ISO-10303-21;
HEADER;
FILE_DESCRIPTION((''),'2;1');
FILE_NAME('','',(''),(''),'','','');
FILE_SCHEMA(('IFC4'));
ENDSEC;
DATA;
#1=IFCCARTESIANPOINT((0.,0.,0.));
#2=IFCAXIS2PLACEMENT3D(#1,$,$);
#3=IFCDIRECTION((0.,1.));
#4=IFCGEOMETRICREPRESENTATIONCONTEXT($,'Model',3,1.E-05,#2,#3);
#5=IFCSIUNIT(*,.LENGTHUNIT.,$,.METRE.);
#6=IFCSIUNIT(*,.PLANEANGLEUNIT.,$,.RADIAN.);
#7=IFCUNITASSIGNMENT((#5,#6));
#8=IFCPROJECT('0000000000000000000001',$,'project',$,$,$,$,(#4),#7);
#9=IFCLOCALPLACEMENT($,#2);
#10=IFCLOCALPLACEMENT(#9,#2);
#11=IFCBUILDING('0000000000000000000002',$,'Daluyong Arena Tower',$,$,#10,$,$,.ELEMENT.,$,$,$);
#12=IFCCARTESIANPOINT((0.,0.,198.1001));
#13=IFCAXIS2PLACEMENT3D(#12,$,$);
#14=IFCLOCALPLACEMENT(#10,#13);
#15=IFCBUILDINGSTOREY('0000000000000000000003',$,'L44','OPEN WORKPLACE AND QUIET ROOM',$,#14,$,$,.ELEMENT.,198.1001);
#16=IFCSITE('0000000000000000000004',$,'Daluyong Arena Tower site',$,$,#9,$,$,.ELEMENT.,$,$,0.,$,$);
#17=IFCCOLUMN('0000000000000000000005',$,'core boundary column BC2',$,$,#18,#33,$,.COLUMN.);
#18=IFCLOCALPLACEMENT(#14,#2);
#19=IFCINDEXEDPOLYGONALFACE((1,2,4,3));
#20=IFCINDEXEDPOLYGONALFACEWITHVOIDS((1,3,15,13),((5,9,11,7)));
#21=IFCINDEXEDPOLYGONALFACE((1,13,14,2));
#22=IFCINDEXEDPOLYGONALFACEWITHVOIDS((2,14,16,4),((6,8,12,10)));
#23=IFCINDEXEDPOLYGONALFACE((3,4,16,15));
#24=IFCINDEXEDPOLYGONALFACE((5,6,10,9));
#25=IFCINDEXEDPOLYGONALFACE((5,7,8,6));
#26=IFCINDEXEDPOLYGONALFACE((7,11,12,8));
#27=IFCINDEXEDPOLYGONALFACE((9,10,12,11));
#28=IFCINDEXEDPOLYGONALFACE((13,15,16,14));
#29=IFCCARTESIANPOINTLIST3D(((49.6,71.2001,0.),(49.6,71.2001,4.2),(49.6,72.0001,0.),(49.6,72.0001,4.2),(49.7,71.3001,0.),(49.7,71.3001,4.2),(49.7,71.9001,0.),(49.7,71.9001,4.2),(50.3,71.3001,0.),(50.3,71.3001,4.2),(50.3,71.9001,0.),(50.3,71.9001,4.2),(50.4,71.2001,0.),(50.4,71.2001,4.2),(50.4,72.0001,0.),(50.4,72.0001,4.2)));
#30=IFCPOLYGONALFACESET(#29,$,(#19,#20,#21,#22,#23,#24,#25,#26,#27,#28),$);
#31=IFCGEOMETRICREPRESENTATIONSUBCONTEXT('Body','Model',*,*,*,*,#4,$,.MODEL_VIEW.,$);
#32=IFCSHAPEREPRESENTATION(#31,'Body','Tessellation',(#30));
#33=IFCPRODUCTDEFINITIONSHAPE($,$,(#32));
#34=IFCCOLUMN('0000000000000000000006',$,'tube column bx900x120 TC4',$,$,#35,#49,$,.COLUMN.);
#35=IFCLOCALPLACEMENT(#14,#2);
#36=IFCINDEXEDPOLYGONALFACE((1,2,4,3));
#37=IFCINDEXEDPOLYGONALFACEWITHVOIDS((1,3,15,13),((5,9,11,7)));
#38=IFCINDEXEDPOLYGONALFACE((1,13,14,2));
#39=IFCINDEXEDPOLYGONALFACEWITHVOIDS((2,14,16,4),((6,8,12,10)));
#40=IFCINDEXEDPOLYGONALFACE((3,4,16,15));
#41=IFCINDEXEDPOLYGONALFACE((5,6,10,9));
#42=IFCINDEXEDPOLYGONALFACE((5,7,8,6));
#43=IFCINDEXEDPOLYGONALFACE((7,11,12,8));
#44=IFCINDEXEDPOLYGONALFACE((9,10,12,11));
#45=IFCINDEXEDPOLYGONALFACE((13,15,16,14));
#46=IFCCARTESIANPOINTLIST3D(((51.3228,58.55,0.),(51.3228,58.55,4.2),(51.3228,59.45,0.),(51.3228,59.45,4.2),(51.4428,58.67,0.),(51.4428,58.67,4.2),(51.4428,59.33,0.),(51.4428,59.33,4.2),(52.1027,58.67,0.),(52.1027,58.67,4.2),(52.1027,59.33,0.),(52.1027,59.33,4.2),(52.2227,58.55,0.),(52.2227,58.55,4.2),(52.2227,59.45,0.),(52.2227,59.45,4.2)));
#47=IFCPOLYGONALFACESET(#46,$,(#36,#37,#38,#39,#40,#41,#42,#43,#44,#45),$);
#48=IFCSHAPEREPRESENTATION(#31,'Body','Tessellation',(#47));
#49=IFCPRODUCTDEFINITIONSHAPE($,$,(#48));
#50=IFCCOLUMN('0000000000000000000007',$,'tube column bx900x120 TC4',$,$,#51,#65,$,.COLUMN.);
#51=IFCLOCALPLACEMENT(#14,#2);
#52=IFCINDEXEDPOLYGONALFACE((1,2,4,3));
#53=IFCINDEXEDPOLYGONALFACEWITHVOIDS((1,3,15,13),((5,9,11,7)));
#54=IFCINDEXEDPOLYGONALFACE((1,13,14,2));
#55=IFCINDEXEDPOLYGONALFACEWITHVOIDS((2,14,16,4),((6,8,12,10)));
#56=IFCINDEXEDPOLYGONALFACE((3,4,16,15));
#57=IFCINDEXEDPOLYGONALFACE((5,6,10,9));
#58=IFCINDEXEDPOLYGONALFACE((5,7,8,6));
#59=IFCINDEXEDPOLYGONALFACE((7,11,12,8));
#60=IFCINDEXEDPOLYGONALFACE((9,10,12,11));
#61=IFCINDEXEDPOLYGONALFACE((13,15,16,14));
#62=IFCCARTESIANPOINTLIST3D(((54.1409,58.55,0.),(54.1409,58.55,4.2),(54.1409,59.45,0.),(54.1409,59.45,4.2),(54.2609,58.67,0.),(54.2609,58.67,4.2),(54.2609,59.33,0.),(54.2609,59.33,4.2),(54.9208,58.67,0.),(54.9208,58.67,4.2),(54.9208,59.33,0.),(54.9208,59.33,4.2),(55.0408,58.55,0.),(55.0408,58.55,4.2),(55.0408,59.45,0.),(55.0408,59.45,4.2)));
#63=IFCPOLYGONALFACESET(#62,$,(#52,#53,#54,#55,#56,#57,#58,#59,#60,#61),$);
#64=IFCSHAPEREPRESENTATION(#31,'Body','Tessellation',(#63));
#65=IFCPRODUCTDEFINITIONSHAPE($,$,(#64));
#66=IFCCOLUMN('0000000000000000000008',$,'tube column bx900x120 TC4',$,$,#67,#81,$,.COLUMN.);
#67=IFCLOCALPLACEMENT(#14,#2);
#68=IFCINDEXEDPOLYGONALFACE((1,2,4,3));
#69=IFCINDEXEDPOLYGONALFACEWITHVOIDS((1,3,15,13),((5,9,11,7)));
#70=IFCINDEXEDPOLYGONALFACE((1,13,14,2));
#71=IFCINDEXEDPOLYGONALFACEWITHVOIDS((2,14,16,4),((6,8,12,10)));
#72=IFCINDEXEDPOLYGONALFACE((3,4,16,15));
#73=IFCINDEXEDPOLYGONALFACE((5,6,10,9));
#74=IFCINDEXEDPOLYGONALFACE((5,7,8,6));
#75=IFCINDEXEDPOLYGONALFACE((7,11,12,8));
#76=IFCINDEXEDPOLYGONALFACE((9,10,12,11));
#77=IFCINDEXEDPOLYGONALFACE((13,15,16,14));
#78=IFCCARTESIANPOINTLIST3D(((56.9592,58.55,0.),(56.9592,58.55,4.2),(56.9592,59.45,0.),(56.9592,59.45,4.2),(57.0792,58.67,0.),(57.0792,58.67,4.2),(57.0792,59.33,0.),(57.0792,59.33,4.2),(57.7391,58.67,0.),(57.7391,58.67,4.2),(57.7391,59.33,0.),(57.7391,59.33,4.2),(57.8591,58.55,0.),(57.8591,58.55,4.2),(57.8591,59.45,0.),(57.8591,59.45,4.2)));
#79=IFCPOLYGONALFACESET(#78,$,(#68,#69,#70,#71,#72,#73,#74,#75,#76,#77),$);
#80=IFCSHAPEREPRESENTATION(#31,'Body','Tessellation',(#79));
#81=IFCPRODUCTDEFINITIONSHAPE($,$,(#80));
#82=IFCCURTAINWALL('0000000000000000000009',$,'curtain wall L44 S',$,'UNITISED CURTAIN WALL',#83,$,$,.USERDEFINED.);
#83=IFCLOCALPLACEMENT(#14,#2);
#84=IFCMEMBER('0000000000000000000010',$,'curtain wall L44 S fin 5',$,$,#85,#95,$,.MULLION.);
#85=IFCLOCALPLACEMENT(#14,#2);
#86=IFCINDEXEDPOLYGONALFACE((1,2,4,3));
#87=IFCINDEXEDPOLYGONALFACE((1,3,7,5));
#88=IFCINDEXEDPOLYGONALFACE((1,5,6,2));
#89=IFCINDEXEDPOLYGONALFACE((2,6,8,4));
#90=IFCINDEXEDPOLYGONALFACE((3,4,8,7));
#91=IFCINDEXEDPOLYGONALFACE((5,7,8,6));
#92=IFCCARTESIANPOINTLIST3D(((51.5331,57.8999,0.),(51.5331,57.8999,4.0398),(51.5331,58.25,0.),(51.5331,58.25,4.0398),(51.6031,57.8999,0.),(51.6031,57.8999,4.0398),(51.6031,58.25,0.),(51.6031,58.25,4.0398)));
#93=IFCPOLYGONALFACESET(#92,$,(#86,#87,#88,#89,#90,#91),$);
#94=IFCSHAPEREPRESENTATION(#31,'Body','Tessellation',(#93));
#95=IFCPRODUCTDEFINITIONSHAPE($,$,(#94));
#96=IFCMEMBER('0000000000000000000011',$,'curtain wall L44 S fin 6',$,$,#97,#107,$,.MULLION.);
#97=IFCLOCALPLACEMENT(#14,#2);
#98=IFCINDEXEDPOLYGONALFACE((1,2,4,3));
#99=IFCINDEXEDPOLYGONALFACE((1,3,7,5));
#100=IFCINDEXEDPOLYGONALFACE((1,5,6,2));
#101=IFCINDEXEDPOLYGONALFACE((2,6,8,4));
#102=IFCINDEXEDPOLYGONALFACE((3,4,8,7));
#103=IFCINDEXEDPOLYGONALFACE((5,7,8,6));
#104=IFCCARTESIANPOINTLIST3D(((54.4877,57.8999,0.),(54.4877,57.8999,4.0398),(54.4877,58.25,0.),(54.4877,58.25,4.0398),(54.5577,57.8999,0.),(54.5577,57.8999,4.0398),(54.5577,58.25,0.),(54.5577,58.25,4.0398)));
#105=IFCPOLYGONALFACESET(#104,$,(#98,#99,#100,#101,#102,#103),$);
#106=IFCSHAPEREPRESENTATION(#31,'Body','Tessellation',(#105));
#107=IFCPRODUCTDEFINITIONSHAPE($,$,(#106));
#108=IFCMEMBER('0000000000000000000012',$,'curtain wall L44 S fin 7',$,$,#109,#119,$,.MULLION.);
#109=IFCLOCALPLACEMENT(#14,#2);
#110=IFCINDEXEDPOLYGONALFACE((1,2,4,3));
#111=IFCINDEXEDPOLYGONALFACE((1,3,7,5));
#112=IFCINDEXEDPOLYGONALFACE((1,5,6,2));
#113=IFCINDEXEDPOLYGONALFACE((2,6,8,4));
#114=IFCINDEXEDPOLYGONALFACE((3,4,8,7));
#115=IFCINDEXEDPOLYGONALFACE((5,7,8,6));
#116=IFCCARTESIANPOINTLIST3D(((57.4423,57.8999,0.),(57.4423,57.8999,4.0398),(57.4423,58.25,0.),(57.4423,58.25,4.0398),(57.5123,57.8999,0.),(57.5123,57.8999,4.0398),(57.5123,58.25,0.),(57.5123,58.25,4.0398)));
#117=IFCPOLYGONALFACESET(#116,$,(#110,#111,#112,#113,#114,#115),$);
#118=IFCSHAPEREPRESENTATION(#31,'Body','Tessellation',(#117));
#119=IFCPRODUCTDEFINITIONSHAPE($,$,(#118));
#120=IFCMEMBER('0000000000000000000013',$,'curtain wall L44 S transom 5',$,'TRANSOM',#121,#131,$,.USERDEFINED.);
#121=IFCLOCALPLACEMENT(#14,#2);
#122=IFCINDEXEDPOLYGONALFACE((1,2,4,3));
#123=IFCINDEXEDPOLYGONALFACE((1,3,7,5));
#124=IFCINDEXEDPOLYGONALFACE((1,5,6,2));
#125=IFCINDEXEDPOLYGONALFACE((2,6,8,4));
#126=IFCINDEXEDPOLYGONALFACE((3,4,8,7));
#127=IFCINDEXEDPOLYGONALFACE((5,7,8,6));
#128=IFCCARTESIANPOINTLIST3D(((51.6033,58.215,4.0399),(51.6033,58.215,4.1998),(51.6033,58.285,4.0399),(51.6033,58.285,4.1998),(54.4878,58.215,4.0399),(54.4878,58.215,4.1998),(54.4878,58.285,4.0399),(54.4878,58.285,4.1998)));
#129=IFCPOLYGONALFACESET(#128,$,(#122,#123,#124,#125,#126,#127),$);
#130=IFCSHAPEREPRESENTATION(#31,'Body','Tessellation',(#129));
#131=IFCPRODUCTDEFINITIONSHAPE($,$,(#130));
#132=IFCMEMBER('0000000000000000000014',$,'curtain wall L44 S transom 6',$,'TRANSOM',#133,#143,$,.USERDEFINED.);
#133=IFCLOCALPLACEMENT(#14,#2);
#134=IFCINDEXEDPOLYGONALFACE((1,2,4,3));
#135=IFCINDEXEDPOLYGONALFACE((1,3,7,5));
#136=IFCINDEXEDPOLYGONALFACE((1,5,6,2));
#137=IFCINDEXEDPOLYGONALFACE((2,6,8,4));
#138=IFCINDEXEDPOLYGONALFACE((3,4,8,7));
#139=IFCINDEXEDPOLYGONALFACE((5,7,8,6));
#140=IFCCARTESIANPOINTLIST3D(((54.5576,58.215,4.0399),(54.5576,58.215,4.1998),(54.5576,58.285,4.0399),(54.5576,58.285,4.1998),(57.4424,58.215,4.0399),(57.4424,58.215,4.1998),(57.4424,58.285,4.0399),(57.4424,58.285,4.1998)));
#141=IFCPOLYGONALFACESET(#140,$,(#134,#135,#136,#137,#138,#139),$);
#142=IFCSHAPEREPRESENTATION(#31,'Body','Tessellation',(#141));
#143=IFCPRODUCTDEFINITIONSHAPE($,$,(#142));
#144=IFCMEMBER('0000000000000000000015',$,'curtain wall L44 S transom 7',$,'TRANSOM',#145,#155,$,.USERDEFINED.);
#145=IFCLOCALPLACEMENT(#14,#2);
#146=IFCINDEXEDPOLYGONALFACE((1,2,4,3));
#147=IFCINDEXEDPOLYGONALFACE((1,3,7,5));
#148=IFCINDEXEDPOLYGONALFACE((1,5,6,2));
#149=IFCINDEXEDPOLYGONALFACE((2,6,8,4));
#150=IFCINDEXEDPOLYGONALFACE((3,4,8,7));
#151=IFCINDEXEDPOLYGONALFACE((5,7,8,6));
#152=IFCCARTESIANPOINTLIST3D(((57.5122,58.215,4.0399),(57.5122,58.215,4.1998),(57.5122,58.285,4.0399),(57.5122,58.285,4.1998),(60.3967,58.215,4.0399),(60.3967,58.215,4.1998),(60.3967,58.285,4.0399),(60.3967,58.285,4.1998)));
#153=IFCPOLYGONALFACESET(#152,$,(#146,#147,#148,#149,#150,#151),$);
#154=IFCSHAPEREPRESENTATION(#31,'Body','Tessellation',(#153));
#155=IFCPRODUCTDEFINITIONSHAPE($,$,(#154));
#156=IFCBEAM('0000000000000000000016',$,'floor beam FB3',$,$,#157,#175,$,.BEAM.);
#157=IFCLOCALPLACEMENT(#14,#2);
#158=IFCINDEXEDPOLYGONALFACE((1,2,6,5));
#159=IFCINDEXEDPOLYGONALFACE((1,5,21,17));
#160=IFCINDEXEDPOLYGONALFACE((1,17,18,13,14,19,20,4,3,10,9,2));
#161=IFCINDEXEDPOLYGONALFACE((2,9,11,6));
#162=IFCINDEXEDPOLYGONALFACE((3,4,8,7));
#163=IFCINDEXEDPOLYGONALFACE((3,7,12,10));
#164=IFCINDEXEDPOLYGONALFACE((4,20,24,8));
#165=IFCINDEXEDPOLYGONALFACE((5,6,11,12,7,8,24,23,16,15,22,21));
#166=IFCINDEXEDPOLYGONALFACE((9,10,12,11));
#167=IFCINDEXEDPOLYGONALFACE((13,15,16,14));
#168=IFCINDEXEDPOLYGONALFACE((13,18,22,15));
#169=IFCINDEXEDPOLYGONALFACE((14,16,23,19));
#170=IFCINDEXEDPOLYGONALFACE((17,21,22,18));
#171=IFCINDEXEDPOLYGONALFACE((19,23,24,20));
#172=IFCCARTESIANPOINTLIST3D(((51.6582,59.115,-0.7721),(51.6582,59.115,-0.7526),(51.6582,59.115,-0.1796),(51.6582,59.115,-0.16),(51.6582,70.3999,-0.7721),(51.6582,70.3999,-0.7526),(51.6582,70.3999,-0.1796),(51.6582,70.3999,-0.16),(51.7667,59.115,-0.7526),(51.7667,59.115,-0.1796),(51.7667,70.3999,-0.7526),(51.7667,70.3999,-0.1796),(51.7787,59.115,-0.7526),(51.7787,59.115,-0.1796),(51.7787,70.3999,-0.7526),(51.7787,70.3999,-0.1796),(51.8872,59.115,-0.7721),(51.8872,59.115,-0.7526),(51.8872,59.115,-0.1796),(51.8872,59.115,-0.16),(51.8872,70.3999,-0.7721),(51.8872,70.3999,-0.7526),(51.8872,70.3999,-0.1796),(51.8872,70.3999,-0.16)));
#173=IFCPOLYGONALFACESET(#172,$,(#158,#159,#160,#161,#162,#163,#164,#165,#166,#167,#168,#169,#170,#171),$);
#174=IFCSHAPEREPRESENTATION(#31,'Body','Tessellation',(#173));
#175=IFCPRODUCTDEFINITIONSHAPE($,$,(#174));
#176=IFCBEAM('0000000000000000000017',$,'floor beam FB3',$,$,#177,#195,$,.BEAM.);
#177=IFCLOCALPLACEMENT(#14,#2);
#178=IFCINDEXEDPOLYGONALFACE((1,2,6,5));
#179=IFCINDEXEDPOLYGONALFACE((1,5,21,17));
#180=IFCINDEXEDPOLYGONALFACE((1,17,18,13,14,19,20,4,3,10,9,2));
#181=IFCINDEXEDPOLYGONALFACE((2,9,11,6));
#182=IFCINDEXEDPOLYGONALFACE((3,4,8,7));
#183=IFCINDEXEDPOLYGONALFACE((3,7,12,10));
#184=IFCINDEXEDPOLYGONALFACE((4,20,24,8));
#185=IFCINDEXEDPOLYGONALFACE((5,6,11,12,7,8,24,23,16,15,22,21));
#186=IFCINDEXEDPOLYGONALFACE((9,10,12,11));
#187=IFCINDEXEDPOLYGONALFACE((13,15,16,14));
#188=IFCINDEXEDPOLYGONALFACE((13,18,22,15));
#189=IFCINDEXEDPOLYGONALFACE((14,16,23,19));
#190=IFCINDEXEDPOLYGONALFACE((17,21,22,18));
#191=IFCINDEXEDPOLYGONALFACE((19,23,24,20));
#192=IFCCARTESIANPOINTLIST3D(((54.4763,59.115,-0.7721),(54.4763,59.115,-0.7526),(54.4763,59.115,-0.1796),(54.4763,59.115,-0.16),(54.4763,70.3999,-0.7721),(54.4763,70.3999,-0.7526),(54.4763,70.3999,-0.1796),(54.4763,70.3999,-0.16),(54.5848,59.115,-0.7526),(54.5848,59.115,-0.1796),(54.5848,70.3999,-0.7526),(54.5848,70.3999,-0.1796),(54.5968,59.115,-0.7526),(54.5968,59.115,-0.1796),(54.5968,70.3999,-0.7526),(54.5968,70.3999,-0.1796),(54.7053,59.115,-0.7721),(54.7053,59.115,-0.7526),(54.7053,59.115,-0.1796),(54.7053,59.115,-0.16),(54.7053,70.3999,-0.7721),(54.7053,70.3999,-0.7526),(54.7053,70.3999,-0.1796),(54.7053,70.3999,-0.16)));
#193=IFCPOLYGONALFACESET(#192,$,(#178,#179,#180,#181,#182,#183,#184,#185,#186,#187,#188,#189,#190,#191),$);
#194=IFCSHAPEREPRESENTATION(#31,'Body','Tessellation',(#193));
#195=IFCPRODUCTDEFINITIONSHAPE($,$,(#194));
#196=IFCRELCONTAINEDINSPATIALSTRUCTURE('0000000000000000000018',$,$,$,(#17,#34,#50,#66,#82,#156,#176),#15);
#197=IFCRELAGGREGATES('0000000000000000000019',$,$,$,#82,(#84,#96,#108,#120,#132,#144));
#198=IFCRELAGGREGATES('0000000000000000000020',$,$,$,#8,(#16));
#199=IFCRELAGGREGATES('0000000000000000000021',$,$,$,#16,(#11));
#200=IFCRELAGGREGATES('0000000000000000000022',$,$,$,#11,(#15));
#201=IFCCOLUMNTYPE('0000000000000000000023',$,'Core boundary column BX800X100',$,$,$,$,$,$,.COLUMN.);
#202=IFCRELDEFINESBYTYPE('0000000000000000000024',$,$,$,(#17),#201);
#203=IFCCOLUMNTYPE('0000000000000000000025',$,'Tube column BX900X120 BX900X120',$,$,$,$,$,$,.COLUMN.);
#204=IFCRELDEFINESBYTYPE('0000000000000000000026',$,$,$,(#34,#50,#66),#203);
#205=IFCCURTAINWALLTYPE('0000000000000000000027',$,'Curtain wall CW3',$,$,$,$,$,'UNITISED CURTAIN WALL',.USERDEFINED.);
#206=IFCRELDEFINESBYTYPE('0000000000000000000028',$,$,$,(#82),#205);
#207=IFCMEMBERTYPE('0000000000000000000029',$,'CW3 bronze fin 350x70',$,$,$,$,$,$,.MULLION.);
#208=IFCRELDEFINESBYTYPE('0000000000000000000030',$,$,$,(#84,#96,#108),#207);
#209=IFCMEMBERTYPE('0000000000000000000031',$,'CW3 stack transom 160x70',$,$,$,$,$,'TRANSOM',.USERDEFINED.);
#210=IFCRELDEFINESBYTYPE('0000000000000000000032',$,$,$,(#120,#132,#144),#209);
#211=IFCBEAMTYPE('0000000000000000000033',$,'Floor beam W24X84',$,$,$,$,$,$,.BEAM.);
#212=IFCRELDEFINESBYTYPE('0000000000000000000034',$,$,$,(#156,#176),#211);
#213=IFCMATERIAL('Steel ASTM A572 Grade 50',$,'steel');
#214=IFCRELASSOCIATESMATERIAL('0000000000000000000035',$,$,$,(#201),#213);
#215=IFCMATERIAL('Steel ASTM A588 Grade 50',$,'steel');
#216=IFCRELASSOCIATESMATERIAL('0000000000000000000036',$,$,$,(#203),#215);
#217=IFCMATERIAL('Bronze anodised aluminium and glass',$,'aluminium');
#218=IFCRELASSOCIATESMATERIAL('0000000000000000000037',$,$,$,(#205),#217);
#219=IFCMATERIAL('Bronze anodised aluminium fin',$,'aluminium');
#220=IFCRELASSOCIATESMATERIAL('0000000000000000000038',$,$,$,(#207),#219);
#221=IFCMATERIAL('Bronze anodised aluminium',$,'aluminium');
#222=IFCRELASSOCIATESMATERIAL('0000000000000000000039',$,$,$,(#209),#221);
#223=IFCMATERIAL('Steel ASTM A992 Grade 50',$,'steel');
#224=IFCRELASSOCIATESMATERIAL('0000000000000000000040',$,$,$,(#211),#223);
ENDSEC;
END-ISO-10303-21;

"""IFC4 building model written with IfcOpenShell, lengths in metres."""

from ifc_helpers import new_model, si_unit, direction, frame, origin, origin_2d, place, context, subcontext, project, spatial, rectangle, hollow_rectangle, i_section, extrude, material, material_profile, profile_set, type_object, element, aggregate, save


model = new_model("IFC4")

# Units and contexts
model_context = context("Model", 3, precision=1e-05, world=origin(), true_north=direction((0.0, 1.0)))
body_context = subcontext(model_context, "Body", "Model", "MODEL_VIEW")
ifc_project = project(units=[si_unit("LENGTHUNIT", "METRE"), si_unit("PLANEANGLEUNIT", "RADIAN")], contexts=[model_context])

# Site, building, storey
site_placement = place(None, origin())
site = spatial("IfcSite", under=ifc_project, at=site_placement, Name="Daluyong Arena Tower site", CompositionType="ELEMENT", RefElevation=0.0)
building_placement = place(site_placement, origin())
building = spatial("IfcBuilding", under=site, at=building_placement, Name="Daluyong Arena Tower", CompositionType="ELEMENT")
storey_placement = place(building_placement, frame((0.0, 0.0, 198.1001)))
storey = spatial("IfcBuildingStorey", under=building, at=storey_placement, Name="L44", Description="OPEN WORKPLACE AND QUIET ROOM", CompositionType="ELEMENT", Elevation=198.1001)

# Columns
ifc_material_1 = material(Name="Steel ASTM A572 Grade 50", Category="steel")
ifc_material_profile_1 = material_profile(ifc_material_1, hollow_rectangle(XDim=0.8, YDim=0.8, WallThickness=0.1, at=origin_2d()))
ifc_profile_set_1 = profile_set([ifc_material_profile_1], Name="Steel ASTM A572 Grade 50")
column_type_1 = type_object("IfcColumnType", Name="Core boundary column BX800X100", PredefinedType="COLUMN", material=ifc_profile_set_1)
column_placement = place(storey_placement, frame((50.0, 71.6001, 0.0), z_axis=(0.0, 0.0, 1.0), x_axis=(1.0, 0.0, 0.0)))
element("IfcColumn", 1, at=column_placement, inside=storey, type_object=column_type_1, Name="core boundary column BC2", PredefinedType="COLUMN", context=body_context, shape_type="SweptSolid", body=[
    extrude(hollow_rectangle(XDim=0.8, YDim=0.8, WallThickness=0.1, at=origin_2d()), origin(), (0.0, 0.0, 1.0), 4.2),
])
ifc_material_2 = material(Name="Steel ASTM A588 Grade 50", Category="steel")
ifc_material_profile_2 = material_profile(ifc_material_2, hollow_rectangle(XDim=0.8999, YDim=0.8999, WallThickness=0.12, at=origin_2d()))
ifc_profile_set_2 = profile_set([ifc_material_profile_2], Name="Steel ASTM A588 Grade 50")
column_type_2 = type_object("IfcColumnType", Name="Tube column BX900X120 BX900X120", PredefinedType="COLUMN", material=ifc_profile_set_2)
for number, where, z_axis, x_axis, name in (
    (2, (51.7727, 59.0, 0.0), (0.0, 0.0, 1.0), (1.0, 0.0, 0.0), "tube column bx900x120 TC4"),
    (3, (54.5908, 59.0, 0.0), (0.0, 0.0, 1.0), (1.0, 0.0, 0.0), "tube column bx900x120 TC4"),
    (4, (57.4092, 59.0, 0.0), (0.0, 0.0, 1.0), (1.0, 0.0, 0.0), "tube column bx900x120 TC4"),
):
    element("IfcColumn", number, at=place(storey_placement, frame(where, z_axis=z_axis, x_axis=x_axis)), inside=storey, type_object=column_type_2, Name=name, PredefinedType="COLUMN", context=body_context, shape_type="SweptSolid", body=[
        extrude(hollow_rectangle(XDim=0.8999, YDim=0.8999, WallThickness=0.12, at=origin_2d()), origin(), (0.0, 0.0, 1.0), 4.2),
    ])

# Curtain wall, members
ifc_material_3 = material(Name="Bronze anodised aluminium and glass", Category="aluminium")
curtain_wall_type = type_object("IfcCurtainWallType", Name="Curtain wall CW3", ElementType="UNITISED CURTAIN WALL", PredefinedType="USERDEFINED", material=ifc_material_3)
curtain_wall_placement = place(storey_placement, origin())
curtain_wall = element("IfcCurtainWall", 5, at=curtain_wall_placement, inside=storey, type_object=curtain_wall_type, Name="curtain wall L44 S", ObjectType="UNITISED CURTAIN WALL", PredefinedType="USERDEFINED")
ifc_material_4 = material(Name="Bronze anodised aluminium fin", Category="aluminium")
ifc_material_profile_3 = material_profile(ifc_material_4, rectangle(XDim=0.3501, YDim=0.0701, at=origin_2d()))
ifc_profile_set_3 = profile_set([ifc_material_profile_3], Name="Bronze anodised aluminium fin")
member_type_1 = type_object("IfcMemberType", Name="CW3 bronze fin 350x70", PredefinedType="MULLION", material=ifc_profile_set_3)
member_1_placement = place(storey_placement, frame((51.5681, 58.075, 0.0), z_axis=(0.0, 0.0, 1.0), x_axis=(0.0, 1.0, 0.0)))
member_1 = element("IfcMember", 6, at=member_1_placement, type_object=member_type_1, Name="curtain wall L44 S fin 5", PredefinedType="MULLION", context=body_context, shape_type="SweptSolid", body=[
    extrude(rectangle(XDim=0.3501, YDim=0.0701, at=origin_2d()), origin(), (0.0, 0.0, 1.0), 4.0398),
])
member_2_placement = place(storey_placement, frame((54.5227, 58.075, 0.0), z_axis=(0.0, 0.0, 1.0), x_axis=(0.0, 1.0, 0.0)))
member_2 = element("IfcMember", 7, at=member_2_placement, type_object=member_type_1, Name="curtain wall L44 S fin 6", PredefinedType="MULLION", context=body_context, shape_type="SweptSolid", body=[
    extrude(rectangle(XDim=0.3501, YDim=0.0701, at=origin_2d()), origin(), (0.0, 0.0, 1.0), 4.0398),
])
member_3_placement = place(storey_placement, frame((57.4773, 58.075, 0.0), z_axis=(0.0, 0.0, 1.0), x_axis=(0.0, 1.0, 0.0)))
member_3 = element("IfcMember", 8, at=member_3_placement, type_object=member_type_1, Name="curtain wall L44 S fin 7", PredefinedType="MULLION", context=body_context, shape_type="SweptSolid", body=[
    extrude(rectangle(XDim=0.3501, YDim=0.0701, at=origin_2d()), origin(), (0.0, 0.0, 1.0), 4.0398),
])
ifc_material_5 = material(Name="Bronze anodised aluminium", Category="aluminium")
ifc_material_profile_4 = material_profile(ifc_material_5, rectangle(XDim=0.0701, YDim=0.1599, at=origin_2d()))
ifc_profile_set_4 = profile_set([ifc_material_profile_4], Name="Bronze anodised aluminium")
member_type_2 = type_object("IfcMemberType", Name="CW3 stack transom 160x70", ElementType="TRANSOM", PredefinedType="USERDEFINED", material=ifc_profile_set_4)
member_4_placement = place(storey_placement, frame((51.6033, 58.25, 4.1199), z_axis=(1.0, 0.0, 0.0), x_axis=(0.0, 1.0, 0.0)))
member_4 = element("IfcMember", 9, at=member_4_placement, type_object=member_type_2, Name="curtain wall L44 S transom 5", ObjectType="TRANSOM", PredefinedType="USERDEFINED", context=body_context, shape_type="SweptSolid", body=[
    extrude(rectangle(XDim=0.0701, YDim=0.1599, at=origin_2d()), origin(), (0.0, 0.0, 1.0), 2.8845),
])
member_5_placement = place(storey_placement, frame((54.5576, 58.25, 4.1199), z_axis=(1.0, 0.0, 0.0), x_axis=(0.0, 1.0, 0.0)))
member_5 = element("IfcMember", 10, at=member_5_placement, type_object=member_type_2, Name="curtain wall L44 S transom 6", ObjectType="TRANSOM", PredefinedType="USERDEFINED", context=body_context, shape_type="SweptSolid", body=[
    extrude(rectangle(XDim=0.0701, YDim=0.1599, at=origin_2d()), origin(), (0.0, 0.0, 1.0), 2.8848),
])
member_6_placement = place(storey_placement, frame((57.5122, 58.25, 4.1199), z_axis=(1.0, 0.0, 0.0), x_axis=(0.0, 1.0, 0.0)))
member_6 = element("IfcMember", 11, at=member_6_placement, type_object=member_type_2, Name="curtain wall L44 S transom 7", ObjectType="TRANSOM", PredefinedType="USERDEFINED", context=body_context, shape_type="SweptSolid", body=[
    extrude(rectangle(XDim=0.0701, YDim=0.1599, at=origin_2d()), origin(), (0.0, 0.0, 1.0), 2.8845),
])

# Beams
ifc_material_6 = material(Name="Steel ASTM A992 Grade 50", Category="steel")
ifc_material_profile_5 = material_profile(ifc_material_6, i_section(OverallWidth=0.229, OverallDepth=0.6121, WebThickness=0.012, FlangeThickness=0.0195, at=origin_2d()))
ifc_profile_set_5 = profile_set([ifc_material_profile_5], Name="Steel ASTM A992 Grade 50")
beam_type_1 = type_object("IfcBeamType", Name="Floor beam W24X84", PredefinedType="BEAM", material=ifc_profile_set_5)
for number, where, z_axis, x_axis, name in (
    (12, (51.7727, 59.115, -0.4661), (0.0, 1.0, 0.0), (-1.0, 0.0, 0.0), "floor beam FB3"),
    (13, (54.5908, 59.115, -0.4661), (0.0, 1.0, 0.0), (-1.0, 0.0, 0.0), "floor beam FB3"),
):
    element("IfcBeam", number, at=place(storey_placement, frame(where, z_axis=z_axis, x_axis=x_axis)), inside=storey, type_object=beam_type_1, Name=name, PredefinedType="BEAM", context=body_context, shape_type="SweptSolid", body=[
        extrude(i_section(OverallWidth=0.229, OverallDepth=0.6121, WebThickness=0.012, FlangeThickness=0.0195, at=origin_2d()), origin(), (0.0, 0.0, 1.0), 11.2849),
    ])

aggregate(curtain_wall, [member_1, member_2, member_3, member_4, member_5, member_6])

save(model, "model.ifc")
